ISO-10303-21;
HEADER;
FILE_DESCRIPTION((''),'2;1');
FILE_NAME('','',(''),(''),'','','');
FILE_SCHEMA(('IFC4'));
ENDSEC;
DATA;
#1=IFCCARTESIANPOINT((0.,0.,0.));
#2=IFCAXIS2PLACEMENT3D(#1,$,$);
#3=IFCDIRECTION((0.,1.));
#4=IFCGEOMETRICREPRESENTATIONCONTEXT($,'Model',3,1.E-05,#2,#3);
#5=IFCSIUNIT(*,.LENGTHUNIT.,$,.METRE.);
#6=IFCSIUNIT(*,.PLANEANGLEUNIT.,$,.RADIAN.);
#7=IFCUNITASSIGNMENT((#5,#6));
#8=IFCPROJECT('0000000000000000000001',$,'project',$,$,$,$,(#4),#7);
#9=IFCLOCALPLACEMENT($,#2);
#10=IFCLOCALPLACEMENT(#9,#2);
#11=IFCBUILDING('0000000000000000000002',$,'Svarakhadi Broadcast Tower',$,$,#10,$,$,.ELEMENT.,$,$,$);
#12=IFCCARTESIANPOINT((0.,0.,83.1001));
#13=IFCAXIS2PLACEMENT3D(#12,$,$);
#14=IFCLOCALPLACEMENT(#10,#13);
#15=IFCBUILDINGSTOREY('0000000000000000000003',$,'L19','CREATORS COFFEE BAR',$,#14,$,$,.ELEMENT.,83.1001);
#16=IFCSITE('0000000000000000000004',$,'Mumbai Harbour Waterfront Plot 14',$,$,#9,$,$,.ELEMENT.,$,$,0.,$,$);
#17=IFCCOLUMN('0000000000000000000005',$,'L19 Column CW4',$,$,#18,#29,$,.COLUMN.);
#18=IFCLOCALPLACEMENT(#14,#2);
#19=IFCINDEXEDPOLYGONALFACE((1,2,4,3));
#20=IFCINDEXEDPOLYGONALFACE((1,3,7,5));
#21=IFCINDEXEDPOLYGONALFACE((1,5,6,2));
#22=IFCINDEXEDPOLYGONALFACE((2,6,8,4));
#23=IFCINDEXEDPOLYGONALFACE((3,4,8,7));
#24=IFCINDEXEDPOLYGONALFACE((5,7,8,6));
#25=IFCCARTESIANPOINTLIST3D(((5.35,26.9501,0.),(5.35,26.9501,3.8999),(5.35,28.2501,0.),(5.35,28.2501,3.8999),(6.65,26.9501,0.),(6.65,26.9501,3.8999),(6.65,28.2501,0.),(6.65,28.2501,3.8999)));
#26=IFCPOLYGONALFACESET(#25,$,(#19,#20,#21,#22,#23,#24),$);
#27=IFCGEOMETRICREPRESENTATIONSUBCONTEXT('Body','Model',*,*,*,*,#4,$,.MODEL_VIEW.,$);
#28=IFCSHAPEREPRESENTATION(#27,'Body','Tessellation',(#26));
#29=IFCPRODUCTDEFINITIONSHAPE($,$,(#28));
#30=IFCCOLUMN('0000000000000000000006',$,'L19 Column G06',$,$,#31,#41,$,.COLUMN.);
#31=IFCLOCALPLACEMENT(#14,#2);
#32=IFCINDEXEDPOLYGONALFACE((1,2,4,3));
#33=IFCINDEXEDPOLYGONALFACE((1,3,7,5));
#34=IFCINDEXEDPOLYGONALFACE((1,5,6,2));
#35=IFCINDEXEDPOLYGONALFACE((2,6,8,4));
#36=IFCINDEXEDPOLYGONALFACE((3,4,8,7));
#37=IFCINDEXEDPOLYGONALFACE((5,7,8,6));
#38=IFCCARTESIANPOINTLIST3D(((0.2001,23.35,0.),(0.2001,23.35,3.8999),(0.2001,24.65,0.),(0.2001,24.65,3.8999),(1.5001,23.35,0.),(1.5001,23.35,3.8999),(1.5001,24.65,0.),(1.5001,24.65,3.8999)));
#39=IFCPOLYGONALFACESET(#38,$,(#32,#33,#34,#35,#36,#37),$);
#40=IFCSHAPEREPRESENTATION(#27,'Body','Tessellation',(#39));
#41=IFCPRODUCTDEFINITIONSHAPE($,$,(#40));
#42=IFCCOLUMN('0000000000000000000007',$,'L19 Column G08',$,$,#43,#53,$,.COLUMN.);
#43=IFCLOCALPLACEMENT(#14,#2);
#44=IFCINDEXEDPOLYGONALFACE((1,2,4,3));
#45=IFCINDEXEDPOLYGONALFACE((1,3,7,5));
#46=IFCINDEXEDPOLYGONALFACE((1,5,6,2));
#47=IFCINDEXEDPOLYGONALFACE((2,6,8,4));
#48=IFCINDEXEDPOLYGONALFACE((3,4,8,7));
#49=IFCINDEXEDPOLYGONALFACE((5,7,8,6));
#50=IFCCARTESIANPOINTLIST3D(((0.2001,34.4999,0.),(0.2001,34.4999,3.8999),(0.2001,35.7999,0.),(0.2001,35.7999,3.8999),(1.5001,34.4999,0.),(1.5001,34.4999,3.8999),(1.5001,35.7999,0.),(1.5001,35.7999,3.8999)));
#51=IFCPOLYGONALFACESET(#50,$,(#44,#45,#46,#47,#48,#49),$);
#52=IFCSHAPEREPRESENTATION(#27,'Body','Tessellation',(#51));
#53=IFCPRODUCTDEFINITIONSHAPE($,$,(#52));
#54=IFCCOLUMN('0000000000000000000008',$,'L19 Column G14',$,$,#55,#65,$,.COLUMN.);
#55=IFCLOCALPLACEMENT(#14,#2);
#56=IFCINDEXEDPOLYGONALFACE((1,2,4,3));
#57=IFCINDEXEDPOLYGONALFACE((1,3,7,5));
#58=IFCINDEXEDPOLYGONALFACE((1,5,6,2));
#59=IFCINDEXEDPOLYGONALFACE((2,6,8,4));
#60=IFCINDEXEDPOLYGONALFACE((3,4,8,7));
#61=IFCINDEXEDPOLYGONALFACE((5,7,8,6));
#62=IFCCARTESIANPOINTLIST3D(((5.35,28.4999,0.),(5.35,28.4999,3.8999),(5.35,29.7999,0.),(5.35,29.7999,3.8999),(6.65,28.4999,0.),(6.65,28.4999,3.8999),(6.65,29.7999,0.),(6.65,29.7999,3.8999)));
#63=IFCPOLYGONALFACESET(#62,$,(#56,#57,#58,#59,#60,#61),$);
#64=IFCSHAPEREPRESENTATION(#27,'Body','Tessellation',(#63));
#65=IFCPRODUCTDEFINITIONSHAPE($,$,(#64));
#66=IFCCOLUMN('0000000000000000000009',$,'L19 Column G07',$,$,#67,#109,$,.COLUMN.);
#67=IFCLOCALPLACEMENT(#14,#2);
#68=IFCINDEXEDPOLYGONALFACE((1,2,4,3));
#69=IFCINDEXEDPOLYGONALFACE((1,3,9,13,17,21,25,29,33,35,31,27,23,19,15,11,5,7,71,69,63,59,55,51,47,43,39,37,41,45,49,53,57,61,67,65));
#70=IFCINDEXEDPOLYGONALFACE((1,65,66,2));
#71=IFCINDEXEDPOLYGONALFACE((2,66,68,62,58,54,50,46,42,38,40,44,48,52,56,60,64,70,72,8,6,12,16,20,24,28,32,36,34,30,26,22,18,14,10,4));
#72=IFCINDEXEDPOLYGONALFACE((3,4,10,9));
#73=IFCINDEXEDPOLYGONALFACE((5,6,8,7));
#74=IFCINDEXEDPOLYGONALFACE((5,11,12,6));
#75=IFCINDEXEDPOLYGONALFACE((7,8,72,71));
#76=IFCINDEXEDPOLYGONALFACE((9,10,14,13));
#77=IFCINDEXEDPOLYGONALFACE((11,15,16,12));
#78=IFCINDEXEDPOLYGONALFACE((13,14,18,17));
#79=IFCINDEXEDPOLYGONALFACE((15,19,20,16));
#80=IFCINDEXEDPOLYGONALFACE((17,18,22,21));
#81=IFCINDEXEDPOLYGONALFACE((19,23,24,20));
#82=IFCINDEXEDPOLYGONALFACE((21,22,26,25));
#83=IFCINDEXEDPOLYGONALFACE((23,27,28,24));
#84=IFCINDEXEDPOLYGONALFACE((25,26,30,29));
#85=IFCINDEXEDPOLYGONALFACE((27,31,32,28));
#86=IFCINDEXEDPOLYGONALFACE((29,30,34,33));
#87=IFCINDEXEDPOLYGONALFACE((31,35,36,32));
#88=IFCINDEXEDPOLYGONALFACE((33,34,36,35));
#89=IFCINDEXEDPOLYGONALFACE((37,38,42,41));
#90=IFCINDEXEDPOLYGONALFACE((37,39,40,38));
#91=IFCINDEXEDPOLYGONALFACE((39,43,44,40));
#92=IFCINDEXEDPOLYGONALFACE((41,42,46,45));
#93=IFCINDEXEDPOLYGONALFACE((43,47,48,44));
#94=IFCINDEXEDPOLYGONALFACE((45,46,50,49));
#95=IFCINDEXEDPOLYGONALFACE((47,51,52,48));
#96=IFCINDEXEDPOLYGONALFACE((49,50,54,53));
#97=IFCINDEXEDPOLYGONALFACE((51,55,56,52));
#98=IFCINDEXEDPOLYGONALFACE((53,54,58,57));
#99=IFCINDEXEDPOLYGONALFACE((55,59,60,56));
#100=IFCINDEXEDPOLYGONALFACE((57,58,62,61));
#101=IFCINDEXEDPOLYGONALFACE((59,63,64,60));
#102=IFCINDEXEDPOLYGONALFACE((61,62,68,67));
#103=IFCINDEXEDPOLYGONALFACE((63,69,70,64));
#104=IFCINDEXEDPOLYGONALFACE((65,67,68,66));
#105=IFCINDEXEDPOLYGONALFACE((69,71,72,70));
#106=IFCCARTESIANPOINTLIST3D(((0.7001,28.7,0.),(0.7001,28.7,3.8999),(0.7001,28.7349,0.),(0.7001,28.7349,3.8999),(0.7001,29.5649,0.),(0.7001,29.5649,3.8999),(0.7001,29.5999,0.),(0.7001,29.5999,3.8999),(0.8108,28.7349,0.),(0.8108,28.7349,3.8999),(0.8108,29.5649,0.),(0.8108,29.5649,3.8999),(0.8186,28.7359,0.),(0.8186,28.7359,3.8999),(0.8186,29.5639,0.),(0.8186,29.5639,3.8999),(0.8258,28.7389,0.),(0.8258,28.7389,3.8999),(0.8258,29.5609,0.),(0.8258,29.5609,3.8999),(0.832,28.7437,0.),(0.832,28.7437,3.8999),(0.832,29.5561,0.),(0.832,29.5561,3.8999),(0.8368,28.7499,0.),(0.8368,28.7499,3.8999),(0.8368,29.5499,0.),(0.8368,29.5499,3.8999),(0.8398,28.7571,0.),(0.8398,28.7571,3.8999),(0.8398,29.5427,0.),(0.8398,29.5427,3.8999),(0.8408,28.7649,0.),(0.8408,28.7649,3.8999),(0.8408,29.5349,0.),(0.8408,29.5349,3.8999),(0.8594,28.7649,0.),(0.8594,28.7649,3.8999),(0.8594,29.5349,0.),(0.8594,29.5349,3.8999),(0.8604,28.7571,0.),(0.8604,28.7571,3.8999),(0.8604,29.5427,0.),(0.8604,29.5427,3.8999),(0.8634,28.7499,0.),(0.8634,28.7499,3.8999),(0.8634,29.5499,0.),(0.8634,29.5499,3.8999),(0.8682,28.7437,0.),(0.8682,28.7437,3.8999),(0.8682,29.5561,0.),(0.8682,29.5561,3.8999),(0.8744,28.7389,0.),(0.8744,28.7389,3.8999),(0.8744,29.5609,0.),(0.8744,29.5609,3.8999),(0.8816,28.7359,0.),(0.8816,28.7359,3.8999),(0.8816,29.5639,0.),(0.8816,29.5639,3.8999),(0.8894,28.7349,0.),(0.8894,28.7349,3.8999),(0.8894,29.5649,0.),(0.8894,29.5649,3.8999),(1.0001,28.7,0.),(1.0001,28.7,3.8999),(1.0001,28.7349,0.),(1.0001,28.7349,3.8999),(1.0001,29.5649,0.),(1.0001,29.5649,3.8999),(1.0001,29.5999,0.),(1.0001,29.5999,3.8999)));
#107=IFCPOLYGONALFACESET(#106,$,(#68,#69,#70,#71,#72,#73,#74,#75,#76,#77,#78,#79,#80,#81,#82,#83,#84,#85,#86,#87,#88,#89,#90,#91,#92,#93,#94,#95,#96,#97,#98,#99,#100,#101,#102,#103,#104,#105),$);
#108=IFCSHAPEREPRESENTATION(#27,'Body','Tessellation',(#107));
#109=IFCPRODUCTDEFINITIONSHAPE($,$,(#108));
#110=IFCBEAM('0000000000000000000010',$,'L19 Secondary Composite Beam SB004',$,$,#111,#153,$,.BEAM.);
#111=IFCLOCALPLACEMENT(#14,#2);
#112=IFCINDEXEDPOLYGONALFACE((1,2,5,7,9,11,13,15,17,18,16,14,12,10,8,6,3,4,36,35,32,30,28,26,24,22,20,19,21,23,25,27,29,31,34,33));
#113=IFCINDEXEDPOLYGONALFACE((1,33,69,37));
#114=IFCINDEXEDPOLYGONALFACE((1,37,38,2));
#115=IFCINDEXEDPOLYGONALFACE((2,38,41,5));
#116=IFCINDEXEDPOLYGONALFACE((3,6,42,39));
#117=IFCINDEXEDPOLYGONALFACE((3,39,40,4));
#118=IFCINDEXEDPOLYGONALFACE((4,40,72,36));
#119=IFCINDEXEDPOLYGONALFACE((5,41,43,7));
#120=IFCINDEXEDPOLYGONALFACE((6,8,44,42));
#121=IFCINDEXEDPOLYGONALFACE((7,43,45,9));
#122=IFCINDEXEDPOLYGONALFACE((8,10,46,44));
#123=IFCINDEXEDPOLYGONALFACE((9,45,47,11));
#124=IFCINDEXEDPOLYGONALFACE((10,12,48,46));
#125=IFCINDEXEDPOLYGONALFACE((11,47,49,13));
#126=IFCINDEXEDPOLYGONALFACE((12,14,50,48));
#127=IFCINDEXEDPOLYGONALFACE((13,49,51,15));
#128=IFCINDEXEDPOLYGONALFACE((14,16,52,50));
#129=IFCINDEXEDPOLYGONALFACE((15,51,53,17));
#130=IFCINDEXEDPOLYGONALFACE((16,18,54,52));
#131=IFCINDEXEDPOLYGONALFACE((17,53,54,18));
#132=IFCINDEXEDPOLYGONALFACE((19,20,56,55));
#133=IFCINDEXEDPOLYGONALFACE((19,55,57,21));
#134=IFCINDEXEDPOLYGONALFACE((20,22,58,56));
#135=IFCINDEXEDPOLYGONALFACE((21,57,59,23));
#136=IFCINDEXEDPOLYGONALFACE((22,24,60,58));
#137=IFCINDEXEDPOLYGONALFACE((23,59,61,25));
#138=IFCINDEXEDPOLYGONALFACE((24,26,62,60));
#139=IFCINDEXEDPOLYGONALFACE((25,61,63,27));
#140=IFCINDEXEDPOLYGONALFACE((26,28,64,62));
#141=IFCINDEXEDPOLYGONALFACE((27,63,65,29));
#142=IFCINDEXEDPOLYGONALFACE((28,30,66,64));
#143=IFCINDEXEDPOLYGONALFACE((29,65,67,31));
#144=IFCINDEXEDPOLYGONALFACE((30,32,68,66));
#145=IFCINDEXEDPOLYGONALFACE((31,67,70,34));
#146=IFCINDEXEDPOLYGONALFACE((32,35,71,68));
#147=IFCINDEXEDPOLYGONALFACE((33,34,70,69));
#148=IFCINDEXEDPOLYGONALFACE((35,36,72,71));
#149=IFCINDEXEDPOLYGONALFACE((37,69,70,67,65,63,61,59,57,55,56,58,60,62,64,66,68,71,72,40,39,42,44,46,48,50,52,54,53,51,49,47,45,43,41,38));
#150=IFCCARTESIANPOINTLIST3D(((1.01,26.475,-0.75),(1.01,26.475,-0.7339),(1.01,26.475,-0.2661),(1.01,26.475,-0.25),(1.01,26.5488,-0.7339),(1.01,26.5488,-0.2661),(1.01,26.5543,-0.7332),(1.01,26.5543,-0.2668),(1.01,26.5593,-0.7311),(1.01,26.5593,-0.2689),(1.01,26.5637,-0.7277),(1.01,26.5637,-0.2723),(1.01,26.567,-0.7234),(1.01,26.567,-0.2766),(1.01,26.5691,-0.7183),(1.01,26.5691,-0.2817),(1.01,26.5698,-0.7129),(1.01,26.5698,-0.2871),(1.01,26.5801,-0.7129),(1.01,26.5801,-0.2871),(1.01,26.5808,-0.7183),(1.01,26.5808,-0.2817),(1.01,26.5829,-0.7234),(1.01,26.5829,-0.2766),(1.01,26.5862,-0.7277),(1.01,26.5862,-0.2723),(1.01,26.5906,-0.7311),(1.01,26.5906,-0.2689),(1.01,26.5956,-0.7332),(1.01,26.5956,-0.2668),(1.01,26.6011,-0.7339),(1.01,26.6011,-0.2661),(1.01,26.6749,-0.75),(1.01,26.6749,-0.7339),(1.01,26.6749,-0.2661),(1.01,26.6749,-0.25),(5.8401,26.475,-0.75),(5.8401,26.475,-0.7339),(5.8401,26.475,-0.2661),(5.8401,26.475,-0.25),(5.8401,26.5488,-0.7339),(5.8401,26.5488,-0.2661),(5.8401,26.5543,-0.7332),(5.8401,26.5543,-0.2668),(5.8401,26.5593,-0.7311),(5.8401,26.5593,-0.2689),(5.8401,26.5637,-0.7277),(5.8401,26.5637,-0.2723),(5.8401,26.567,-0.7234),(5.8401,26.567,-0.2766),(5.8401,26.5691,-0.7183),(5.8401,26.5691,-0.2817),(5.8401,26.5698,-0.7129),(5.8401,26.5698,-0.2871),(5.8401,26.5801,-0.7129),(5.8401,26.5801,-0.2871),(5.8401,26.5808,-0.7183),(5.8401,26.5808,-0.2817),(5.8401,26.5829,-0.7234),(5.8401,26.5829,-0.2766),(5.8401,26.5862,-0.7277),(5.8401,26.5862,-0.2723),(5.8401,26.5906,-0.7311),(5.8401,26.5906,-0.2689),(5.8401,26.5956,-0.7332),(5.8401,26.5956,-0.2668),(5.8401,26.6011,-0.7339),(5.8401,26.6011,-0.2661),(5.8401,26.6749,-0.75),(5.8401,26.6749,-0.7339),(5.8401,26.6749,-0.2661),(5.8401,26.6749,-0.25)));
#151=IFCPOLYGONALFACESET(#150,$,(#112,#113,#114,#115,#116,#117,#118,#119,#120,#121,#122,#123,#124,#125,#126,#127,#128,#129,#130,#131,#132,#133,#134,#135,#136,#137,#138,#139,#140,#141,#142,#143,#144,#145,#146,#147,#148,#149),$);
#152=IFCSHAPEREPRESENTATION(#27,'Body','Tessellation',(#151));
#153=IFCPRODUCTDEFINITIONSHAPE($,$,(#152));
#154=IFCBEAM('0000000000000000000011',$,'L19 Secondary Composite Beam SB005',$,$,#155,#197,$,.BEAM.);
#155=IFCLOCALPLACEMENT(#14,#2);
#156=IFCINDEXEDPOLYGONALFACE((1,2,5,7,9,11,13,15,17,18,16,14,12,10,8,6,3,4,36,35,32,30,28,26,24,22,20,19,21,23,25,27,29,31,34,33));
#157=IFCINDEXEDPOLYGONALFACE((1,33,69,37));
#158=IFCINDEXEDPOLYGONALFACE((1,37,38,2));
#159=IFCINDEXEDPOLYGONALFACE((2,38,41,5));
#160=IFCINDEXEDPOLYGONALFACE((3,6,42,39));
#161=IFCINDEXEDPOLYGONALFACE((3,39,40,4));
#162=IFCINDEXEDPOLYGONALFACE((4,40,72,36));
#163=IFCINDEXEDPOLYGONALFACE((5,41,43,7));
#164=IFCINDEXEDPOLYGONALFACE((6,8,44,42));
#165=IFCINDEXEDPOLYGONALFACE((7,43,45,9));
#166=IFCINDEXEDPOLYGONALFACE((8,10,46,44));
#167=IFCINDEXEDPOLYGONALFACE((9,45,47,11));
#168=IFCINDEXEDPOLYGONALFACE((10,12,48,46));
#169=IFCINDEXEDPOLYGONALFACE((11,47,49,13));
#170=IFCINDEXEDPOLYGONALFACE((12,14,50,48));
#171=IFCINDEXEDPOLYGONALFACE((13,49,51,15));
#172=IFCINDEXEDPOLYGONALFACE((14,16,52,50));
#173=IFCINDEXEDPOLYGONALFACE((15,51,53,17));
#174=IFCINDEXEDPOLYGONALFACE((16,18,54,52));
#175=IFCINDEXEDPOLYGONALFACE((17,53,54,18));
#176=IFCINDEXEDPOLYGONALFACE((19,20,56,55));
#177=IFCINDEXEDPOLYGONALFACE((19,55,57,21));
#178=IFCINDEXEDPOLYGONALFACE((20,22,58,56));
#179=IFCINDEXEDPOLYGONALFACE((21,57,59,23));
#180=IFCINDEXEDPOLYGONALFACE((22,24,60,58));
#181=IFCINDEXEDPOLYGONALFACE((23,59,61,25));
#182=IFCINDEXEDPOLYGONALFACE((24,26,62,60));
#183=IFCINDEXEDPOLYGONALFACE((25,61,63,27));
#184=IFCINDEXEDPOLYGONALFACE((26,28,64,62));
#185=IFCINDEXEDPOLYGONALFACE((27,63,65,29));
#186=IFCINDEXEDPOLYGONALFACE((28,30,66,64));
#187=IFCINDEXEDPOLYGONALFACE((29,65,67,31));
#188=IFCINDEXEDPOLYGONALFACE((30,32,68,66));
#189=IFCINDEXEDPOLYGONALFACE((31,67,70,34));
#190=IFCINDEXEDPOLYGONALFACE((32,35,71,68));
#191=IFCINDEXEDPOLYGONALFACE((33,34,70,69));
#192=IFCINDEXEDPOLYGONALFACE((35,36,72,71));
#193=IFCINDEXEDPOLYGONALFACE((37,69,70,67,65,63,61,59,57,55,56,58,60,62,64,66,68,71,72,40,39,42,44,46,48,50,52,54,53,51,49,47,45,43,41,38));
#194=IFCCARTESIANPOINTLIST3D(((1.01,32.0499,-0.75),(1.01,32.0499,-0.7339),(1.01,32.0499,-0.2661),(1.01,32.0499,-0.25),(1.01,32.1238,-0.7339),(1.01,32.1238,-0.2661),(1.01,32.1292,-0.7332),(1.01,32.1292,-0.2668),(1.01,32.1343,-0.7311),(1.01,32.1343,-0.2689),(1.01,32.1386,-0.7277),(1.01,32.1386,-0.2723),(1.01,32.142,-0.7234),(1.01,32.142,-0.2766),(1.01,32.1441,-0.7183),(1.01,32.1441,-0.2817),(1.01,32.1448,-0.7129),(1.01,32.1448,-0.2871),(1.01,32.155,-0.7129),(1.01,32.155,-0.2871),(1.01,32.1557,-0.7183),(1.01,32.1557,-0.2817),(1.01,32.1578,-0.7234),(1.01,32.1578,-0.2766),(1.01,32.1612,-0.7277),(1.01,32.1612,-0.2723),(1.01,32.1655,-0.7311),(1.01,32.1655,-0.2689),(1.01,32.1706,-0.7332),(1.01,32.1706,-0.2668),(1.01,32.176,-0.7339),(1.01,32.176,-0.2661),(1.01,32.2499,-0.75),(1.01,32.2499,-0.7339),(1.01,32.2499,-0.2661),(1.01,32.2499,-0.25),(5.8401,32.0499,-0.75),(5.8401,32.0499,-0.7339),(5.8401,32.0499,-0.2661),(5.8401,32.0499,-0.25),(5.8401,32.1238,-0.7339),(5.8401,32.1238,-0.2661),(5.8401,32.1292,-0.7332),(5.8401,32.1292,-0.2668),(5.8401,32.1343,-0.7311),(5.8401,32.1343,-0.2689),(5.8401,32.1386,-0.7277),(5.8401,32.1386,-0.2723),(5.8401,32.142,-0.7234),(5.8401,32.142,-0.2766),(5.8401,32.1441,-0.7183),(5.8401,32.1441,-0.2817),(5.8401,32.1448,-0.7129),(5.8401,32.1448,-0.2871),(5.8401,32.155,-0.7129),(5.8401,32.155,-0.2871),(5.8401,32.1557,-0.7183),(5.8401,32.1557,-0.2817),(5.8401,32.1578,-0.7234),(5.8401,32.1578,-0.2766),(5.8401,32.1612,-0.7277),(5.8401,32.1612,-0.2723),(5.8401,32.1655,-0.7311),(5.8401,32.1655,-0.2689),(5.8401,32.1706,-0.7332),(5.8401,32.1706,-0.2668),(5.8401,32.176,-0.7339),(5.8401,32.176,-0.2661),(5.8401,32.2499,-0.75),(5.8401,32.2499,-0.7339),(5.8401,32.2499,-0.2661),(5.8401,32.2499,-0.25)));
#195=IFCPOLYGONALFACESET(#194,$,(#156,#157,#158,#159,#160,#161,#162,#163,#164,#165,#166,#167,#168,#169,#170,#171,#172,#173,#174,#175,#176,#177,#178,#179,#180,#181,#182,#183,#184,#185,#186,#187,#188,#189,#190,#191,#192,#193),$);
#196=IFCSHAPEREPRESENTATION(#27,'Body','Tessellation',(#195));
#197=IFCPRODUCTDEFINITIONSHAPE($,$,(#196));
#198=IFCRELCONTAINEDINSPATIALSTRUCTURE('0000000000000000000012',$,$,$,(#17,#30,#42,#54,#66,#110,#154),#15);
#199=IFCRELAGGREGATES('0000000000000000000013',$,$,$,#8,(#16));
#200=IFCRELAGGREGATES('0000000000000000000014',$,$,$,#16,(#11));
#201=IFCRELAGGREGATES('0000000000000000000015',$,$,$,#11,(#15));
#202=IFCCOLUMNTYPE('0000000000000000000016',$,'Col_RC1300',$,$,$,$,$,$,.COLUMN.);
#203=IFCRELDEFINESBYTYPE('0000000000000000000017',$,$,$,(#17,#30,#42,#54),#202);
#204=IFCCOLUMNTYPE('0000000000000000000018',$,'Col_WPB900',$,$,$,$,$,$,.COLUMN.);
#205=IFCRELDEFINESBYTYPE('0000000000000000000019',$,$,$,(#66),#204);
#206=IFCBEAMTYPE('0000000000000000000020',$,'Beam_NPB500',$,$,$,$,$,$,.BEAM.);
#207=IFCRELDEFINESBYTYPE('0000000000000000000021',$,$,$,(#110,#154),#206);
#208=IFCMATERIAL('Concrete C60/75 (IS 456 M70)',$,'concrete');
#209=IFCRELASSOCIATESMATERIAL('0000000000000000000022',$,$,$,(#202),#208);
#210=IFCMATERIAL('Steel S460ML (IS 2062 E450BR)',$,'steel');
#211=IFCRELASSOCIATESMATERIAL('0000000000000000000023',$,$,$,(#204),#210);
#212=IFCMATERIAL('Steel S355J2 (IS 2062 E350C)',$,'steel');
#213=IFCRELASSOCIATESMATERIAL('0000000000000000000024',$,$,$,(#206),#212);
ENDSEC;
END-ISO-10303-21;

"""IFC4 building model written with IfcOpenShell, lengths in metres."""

from ifc_helpers import new_model, si_unit, direction, frame, origin, origin_2d, place, context, subcontext, project, spatial, rectangle, i_section, extrude, material, material_profile, profile_set, type_object, element, save


model = new_model("IFC4")

# Units and contexts
model_context = context("Model", 3, precision=1e-05, world=origin(), true_north=direction((0.0, 1.0)))
body_context = subcontext(model_context, "Body", "Model", "MODEL_VIEW")
ifc_project = project(units=[si_unit("LENGTHUNIT", "METRE"), si_unit("PLANEANGLEUNIT", "RADIAN")], contexts=[model_context])

# Site, building, storey
site_placement = place(None, origin())
site = spatial("IfcSite", under=ifc_project, at=site_placement, Name="Mumbai Harbour Waterfront Plot 14", CompositionType="ELEMENT", RefElevation=0.0)
building_placement = place(site_placement, origin())
building = spatial("IfcBuilding", under=site, at=building_placement, Name="Svarakhadi Broadcast Tower", CompositionType="ELEMENT")
storey_placement = place(building_placement, frame((0.0, 0.0, 83.1001)))
storey = spatial("IfcBuildingStorey", under=building, at=storey_placement, Name="L19", Description="CREATORS COFFEE BAR", CompositionType="ELEMENT", Elevation=83.1001)

# Columns
ifc_material_1 = material(Name="Concrete C60/75 (IS 456 M70)", Category="concrete")
ifc_material_profile_1 = material_profile(ifc_material_1, rectangle(XDim=1.3, YDim=1.3, at=origin_2d()), Name="RC 1300x1300")
ifc_profile_set_1 = profile_set([ifc_material_profile_1], Name="Concrete C60/75 (IS 456 M70)")
column_type_1 = type_object("IfcColumnType", Name="Col_RC1300", PredefinedType="COLUMN", material=ifc_profile_set_1)
for number, where, z_axis, x_axis, name in (
    (1, (6.0, 27.6001, 0.0), (0.0, 0.0, 1.0), (1.0, 0.0, 0.0), "L19 Column CW4"),
    (2, (0.8501, 24.0, 0.0), (0.0, 0.0, 1.0), (1.0, 0.0, 0.0), "L19 Column G06"),
    (3, (0.8501, 35.1499, 0.0), (0.0, 0.0, 1.0), (1.0, 0.0, 0.0), "L19 Column G08"),
    (4, (6.0, 29.1499, 0.0), (0.0, 0.0, 1.0), (1.0, 0.0, 0.0), "L19 Column G14"),
):
    element("IfcColumn", number, at=place(storey_placement, frame(where, z_axis=z_axis, x_axis=x_axis)), inside=storey, type_object=column_type_1, Name=name, PredefinedType="COLUMN", context=body_context, shape_type="SweptSolid", body=[
        extrude(rectangle(XDim=1.3, YDim=1.3, at=origin_2d()), origin(), (0.0, 0.0, 1.0), 3.8999),
    ])
ifc_material_2 = material(Name="Steel S460ML (IS 2062 E450BR)", Category="steel")
ifc_material_profile_2 = material_profile(ifc_material_2, i_section(OverallWidth=0.3, OverallDepth=0.8999, WebThickness=0.0186, FlangeThickness=0.0349, FilletRadius=0.03, at=origin_2d()), Name="WPB 900x300x291")
ifc_profile_set_2 = profile_set([ifc_material_profile_2], Name="Steel S460ML (IS 2062 E450BR)")
column_type_2 = type_object("IfcColumnType", Name="Col_WPB900", PredefinedType="COLUMN", material=ifc_profile_set_2)
column_placement = place(storey_placement, frame((0.8501, 29.1499, 0.0), z_axis=(0.0, 0.0, 1.0), x_axis=(1.0, 0.0, 0.0)))
element("IfcColumn", 5, at=column_placement, inside=storey, type_object=column_type_2, Name="L19 Column G07", PredefinedType="COLUMN", context=body_context, shape_type="SweptSolid", body=[
    extrude(i_section(OverallWidth=0.3, OverallDepth=0.8999, WebThickness=0.0186, FlangeThickness=0.0349, FilletRadius=0.03, at=origin_2d()), origin(), (0.0, 0.0, 1.0), 3.8999),
])

# Beams
ifc_material_3 = material(Name="Steel S355J2 (IS 2062 E350C)", Category="steel")
ifc_material_profile_3 = material_profile(ifc_material_3, i_section(OverallWidth=0.2, OverallDepth=0.5, WebThickness=0.0103, FlangeThickness=0.0161, FilletRadius=0.021, at=origin_2d()), Name="NPB 500x200x91")
ifc_profile_set_3 = profile_set([ifc_material_profile_3], Name="Steel S355J2 (IS 2062 E350C)")
beam_type_1 = type_object("IfcBeamType", Name="Beam_NPB500", PredefinedType="BEAM", material=ifc_profile_set_3)
for number, where, z_axis, x_axis, name in (
    (6, (1.01, 26.575, -0.5), (1.0, 0.0, 0.0), (0.0, 1.0, 0.0), "L19 Secondary Composite Beam SB004"),
    (7, (1.01, 32.1499, -0.5), (1.0, 0.0, 0.0), (0.0, 1.0, 0.0), "L19 Secondary Composite Beam SB005"),
):
    element("IfcBeam", number, at=place(storey_placement, frame(where, z_axis=z_axis, x_axis=x_axis)), inside=storey, type_object=beam_type_1, Name=name, PredefinedType="BEAM", context=body_context, shape_type="SweptSolid", body=[
        extrude(i_section(OverallWidth=0.2, OverallDepth=0.5, WebThickness=0.0103, FlangeThickness=0.0161, FilletRadius=0.021, at=origin_2d()), origin(), (0.0, 0.0, 1.0), 4.8301),
    ])

save(model, "model.ifc")
